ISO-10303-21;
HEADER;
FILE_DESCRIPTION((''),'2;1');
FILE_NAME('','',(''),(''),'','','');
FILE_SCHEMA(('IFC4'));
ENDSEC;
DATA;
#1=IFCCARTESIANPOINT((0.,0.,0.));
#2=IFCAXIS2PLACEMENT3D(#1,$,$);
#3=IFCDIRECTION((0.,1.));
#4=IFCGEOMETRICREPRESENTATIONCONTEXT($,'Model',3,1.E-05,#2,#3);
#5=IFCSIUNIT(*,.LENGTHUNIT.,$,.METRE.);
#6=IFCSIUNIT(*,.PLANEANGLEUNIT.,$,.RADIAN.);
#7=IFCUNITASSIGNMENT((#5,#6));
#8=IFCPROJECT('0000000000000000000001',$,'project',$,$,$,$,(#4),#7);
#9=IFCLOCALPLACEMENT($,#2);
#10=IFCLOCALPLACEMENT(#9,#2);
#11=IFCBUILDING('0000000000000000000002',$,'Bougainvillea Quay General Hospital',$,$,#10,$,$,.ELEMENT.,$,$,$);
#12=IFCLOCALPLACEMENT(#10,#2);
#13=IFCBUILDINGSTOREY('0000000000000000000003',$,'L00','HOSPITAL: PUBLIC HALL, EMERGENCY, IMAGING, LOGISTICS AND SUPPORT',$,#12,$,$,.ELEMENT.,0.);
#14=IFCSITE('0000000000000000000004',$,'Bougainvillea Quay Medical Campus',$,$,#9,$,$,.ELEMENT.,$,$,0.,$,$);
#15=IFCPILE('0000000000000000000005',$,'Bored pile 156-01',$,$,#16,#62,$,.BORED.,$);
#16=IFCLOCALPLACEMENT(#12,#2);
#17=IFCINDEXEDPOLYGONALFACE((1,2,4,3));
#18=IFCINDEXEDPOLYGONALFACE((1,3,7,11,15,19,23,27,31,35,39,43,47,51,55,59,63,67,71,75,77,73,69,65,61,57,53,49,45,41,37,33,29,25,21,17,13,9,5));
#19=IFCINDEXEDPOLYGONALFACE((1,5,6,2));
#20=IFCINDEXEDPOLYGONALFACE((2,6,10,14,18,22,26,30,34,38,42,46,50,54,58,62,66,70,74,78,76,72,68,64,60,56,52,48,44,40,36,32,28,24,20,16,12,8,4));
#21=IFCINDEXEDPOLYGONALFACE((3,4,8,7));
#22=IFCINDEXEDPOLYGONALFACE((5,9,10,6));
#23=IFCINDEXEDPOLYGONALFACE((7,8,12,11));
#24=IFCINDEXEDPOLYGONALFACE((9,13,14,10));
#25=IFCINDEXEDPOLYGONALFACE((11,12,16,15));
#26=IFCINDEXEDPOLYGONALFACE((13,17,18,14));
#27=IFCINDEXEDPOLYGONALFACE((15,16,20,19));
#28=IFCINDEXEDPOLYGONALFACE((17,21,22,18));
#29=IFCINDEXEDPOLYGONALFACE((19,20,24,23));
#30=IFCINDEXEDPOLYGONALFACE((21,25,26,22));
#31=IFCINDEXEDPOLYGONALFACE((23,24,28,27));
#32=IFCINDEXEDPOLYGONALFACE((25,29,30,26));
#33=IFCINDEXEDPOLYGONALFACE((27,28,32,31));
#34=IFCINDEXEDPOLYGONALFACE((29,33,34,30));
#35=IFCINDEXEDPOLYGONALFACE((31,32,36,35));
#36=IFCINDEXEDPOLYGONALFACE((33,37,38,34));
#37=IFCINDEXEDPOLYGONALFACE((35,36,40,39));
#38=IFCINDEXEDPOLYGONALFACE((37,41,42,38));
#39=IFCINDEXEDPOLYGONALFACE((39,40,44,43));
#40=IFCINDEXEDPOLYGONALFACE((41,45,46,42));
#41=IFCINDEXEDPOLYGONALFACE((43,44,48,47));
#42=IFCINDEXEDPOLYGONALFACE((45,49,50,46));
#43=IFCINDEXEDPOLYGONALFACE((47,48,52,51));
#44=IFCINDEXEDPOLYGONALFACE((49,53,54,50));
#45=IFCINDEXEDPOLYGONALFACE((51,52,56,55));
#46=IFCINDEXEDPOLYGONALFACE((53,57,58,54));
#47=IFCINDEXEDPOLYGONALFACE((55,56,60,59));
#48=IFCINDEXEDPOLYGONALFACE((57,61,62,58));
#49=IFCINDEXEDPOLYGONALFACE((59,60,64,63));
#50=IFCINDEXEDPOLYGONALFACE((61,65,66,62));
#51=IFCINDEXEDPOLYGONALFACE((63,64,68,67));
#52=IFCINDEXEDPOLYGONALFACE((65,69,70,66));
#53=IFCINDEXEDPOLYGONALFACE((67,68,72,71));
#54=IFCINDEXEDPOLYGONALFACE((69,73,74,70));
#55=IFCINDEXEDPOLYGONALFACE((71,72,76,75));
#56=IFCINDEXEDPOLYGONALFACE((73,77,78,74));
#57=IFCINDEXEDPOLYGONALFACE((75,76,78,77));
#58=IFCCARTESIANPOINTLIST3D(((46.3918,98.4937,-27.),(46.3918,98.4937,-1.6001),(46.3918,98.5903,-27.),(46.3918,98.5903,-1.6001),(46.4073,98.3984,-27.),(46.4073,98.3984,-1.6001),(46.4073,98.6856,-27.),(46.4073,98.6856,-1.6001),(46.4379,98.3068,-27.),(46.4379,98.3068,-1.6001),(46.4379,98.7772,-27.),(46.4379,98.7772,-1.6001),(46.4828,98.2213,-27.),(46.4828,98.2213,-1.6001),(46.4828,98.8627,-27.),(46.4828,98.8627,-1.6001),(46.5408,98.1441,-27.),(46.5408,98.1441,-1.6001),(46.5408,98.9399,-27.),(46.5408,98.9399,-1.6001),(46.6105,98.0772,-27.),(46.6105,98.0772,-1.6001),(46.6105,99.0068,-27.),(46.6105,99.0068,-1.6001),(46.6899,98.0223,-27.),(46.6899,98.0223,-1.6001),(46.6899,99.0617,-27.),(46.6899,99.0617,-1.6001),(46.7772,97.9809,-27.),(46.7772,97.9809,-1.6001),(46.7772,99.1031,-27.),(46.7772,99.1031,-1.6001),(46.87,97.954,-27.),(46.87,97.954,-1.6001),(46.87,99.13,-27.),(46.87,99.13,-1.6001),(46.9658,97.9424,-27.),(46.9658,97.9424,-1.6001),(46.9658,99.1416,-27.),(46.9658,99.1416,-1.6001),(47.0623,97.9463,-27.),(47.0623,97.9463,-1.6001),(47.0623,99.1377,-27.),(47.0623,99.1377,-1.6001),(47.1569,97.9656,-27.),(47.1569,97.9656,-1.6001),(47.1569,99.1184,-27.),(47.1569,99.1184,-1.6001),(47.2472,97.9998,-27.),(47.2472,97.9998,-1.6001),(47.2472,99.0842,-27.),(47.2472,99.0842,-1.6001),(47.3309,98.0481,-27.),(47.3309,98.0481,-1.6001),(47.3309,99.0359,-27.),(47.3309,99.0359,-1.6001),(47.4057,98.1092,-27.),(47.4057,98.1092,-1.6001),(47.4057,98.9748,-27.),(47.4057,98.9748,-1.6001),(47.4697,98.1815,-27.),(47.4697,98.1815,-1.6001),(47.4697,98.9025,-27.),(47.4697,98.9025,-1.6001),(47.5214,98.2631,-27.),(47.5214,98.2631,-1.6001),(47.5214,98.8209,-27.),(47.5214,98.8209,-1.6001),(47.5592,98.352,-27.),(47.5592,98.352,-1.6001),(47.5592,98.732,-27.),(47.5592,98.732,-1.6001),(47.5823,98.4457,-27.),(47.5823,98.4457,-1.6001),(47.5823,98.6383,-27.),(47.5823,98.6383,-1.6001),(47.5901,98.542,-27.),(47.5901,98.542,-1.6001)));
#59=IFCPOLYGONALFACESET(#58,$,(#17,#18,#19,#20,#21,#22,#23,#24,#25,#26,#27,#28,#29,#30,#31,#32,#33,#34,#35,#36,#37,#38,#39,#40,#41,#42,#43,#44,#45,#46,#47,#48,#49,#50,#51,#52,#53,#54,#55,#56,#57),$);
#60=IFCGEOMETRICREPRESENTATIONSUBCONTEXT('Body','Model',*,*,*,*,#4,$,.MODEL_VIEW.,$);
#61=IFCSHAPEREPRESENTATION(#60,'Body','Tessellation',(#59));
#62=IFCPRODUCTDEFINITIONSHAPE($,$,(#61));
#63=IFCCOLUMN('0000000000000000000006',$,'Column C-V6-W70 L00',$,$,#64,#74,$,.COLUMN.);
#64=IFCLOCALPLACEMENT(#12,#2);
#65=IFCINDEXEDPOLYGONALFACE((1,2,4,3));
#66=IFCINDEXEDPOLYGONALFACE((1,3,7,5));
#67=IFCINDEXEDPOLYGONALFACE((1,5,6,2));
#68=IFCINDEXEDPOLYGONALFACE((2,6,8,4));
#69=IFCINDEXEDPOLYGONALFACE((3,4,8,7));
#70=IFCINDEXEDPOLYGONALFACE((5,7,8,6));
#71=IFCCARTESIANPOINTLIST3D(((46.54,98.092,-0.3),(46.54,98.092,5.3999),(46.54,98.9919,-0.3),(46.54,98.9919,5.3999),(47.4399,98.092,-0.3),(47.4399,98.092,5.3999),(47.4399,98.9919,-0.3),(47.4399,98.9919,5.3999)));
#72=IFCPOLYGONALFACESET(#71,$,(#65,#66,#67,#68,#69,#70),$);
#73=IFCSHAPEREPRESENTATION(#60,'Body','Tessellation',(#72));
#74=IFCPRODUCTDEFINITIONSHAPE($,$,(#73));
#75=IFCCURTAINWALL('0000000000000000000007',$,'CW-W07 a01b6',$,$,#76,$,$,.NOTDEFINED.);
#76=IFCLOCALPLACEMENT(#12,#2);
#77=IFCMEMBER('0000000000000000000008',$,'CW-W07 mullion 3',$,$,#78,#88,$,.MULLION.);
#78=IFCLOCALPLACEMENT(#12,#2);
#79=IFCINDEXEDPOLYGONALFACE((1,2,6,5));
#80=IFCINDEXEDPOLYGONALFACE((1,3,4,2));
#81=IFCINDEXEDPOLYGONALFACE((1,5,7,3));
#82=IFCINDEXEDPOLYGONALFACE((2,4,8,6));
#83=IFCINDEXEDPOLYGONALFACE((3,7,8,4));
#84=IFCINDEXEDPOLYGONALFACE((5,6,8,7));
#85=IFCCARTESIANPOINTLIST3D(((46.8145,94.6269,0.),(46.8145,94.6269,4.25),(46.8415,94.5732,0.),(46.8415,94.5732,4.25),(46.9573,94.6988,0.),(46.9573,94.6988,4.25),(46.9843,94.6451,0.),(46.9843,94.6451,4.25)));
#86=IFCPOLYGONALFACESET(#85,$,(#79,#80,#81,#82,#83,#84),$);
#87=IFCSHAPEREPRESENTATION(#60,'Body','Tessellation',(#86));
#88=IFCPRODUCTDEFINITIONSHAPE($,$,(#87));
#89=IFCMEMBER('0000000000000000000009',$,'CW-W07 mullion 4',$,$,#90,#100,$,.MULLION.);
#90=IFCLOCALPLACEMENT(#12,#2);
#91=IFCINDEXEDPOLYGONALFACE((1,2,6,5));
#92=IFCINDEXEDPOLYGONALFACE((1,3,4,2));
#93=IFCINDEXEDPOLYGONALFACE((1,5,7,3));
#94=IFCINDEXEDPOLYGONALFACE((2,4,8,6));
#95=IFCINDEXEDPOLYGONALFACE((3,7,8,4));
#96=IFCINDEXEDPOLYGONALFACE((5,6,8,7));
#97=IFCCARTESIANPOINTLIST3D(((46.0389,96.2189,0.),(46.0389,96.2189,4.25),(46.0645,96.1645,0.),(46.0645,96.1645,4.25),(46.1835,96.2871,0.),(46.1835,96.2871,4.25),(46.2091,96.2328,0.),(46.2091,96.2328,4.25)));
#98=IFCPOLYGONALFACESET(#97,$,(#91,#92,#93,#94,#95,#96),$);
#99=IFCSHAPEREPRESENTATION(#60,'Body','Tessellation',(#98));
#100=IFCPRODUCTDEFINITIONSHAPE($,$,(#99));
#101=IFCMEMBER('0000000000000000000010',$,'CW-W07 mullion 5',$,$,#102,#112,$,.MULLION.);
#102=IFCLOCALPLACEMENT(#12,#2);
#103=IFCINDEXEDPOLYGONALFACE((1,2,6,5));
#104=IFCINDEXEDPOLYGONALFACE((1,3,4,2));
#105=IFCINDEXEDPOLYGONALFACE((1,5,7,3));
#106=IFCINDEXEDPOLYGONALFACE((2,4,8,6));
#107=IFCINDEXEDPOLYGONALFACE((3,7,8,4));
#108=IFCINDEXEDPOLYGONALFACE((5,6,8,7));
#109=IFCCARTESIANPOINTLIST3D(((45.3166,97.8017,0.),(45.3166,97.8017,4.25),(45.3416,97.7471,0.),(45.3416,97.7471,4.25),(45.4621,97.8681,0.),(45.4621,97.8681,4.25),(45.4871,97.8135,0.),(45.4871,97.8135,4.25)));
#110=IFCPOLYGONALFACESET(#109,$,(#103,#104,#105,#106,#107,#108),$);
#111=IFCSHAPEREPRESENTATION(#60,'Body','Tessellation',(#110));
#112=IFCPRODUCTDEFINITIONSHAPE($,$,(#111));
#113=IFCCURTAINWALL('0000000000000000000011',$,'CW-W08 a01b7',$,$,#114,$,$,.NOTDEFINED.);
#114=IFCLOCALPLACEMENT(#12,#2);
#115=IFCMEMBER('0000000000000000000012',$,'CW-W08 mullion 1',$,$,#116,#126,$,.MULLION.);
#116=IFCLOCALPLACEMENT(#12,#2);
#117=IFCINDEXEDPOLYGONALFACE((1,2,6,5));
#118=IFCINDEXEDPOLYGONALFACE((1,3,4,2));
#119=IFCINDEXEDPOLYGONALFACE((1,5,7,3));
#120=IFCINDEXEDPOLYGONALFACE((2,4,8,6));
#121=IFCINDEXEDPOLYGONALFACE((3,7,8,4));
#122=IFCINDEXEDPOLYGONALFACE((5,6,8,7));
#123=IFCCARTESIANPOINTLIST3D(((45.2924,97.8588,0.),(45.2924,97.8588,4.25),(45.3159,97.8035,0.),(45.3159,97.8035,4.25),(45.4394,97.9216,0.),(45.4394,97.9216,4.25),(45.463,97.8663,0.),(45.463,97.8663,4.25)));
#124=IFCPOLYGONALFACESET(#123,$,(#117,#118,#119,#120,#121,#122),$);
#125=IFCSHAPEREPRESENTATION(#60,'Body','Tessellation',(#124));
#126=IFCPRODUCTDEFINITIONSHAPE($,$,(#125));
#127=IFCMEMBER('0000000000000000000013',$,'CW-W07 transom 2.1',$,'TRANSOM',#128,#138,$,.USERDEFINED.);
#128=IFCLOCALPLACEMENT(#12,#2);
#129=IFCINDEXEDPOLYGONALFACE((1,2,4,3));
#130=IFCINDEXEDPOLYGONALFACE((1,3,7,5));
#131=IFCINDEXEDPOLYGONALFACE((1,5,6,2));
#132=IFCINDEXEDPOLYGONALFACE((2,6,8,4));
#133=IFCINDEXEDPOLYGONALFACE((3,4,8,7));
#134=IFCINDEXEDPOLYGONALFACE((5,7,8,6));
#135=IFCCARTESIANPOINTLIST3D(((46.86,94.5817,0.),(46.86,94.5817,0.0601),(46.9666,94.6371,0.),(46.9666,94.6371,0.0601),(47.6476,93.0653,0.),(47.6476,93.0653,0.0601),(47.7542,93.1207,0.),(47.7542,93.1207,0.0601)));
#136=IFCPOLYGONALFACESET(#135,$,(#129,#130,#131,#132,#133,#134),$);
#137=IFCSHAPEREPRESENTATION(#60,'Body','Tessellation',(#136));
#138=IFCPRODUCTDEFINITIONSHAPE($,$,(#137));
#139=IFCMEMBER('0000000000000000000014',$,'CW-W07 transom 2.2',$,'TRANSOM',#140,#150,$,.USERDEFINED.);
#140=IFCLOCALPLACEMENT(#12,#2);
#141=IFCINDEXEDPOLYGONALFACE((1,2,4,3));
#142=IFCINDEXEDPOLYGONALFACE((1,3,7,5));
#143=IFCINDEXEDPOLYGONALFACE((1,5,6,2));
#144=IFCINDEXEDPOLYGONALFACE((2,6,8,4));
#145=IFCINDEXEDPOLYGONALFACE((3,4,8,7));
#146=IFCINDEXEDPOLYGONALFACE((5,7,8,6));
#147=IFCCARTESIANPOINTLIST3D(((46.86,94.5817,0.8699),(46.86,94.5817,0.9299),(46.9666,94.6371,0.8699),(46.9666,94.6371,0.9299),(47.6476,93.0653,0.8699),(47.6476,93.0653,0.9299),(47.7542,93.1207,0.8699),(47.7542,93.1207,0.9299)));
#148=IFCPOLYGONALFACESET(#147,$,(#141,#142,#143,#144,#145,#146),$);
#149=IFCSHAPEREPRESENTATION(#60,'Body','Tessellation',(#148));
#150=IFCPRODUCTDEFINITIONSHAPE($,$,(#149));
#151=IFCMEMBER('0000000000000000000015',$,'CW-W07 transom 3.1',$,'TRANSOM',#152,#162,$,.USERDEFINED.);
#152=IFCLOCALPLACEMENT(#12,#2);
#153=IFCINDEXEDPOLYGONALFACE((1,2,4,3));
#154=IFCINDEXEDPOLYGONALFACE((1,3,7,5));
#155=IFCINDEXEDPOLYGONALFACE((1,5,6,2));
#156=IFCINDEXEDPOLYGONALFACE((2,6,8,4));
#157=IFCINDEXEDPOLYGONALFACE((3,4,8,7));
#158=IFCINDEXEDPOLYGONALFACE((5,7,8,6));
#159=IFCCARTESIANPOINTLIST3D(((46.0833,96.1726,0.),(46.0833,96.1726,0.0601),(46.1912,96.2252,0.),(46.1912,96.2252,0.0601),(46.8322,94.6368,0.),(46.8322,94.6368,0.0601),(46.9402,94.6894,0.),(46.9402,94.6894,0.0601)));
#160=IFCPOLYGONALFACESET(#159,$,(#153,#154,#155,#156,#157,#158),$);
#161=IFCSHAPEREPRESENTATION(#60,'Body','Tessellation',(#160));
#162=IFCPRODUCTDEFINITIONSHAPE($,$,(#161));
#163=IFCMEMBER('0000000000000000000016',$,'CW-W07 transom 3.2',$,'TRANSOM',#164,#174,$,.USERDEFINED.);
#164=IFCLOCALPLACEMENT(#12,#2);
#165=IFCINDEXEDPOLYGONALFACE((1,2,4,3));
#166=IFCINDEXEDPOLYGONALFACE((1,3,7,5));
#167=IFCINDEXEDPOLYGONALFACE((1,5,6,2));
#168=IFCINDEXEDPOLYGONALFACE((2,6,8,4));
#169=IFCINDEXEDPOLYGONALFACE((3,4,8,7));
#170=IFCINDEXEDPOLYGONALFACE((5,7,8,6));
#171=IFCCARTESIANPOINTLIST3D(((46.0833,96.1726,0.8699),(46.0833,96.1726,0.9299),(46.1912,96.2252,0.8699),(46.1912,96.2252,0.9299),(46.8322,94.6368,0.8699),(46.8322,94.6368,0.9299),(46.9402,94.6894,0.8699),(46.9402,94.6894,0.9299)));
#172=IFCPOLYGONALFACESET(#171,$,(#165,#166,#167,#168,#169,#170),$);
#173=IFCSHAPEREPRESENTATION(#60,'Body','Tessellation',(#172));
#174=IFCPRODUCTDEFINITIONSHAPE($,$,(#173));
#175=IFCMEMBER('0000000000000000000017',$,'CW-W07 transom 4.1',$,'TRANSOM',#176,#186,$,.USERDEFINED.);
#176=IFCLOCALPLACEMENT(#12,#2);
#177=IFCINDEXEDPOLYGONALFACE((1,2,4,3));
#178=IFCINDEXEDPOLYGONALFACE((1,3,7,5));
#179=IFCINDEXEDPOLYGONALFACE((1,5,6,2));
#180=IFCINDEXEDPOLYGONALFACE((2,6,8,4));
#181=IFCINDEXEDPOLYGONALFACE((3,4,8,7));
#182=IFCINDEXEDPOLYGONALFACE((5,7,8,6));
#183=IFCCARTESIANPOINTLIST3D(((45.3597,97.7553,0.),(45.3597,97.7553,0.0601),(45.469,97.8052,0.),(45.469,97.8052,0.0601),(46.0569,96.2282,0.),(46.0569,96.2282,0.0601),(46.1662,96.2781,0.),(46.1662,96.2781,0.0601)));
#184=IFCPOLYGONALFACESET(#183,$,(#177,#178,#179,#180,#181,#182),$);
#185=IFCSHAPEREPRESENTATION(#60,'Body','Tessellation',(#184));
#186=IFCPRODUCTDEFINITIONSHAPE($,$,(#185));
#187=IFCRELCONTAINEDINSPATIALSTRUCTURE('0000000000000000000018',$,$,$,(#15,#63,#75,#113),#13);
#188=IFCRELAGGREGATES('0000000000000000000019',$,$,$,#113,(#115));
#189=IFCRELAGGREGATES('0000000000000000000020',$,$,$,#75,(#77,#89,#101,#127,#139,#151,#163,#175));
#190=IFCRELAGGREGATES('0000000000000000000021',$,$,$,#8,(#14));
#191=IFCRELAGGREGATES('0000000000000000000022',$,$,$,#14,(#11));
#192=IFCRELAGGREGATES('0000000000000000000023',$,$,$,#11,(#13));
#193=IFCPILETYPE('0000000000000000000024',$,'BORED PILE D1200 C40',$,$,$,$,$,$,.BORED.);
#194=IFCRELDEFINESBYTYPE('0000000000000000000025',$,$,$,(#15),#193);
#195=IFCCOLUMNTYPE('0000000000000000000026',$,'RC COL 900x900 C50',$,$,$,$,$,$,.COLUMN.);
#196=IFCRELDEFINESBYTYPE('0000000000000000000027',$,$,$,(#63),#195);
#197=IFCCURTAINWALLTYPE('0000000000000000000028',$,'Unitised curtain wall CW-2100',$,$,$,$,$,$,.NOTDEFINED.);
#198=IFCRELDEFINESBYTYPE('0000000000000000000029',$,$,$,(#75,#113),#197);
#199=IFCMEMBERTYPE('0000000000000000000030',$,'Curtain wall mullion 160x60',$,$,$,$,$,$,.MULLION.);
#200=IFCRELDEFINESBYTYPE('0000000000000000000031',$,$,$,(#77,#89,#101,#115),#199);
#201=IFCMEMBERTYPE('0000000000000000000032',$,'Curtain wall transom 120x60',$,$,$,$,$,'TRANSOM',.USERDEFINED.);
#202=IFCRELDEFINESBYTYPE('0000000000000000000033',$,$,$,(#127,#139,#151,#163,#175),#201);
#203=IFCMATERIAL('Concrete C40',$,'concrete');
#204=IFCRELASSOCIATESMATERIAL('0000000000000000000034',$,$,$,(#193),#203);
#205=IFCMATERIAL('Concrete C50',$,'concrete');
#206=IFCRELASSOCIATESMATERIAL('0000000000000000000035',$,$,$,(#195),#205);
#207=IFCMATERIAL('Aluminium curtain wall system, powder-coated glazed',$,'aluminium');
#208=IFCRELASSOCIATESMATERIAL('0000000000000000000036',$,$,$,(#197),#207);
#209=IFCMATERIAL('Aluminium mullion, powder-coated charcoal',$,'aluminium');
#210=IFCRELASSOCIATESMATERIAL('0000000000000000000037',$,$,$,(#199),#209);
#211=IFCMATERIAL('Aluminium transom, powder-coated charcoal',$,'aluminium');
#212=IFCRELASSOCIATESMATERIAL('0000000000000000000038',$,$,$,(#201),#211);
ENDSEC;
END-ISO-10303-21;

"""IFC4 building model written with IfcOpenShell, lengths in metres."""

from ifc_helpers import new_model, si_unit, direction, frame, origin, origin_2d, place, context, subcontext, project, spatial, rectangle, circle, extrude, material, material_profile, profile_set, type_object, element, aggregate, save


model = new_model("IFC4")

# Units and contexts
model_context = context("Model", 3, precision=1e-05, world=origin(), true_north=direction((0.0, 1.0)))
body_context = subcontext(model_context, "Body", "Model", "MODEL_VIEW")
ifc_project = project(units=[si_unit("LENGTHUNIT", "METRE"), si_unit("PLANEANGLEUNIT", "RADIAN")], contexts=[model_context])

# Site, building, storey
site_placement = place(None, origin())
site = spatial("IfcSite", under=ifc_project, at=site_placement, Name="Bougainvillea Quay Medical Campus", CompositionType="ELEMENT", RefElevation=0.0)
building_placement = place(site_placement, origin())
building = spatial("IfcBuilding", under=site, at=building_placement, Name="Bougainvillea Quay General Hospital", CompositionType="ELEMENT")
storey_placement = place(building_placement, origin())
storey = spatial("IfcBuildingStorey", under=building, at=storey_placement, Name="L00", Description="HOSPITAL: PUBLIC HALL, EMERGENCY, IMAGING, LOGISTICS AND SUPPORT", CompositionType="ELEMENT", Elevation=0.0)

# Pile
ifc_material_1 = material(Name="Concrete C40", Category="concrete")
ifc_material_profile_1 = material_profile(ifc_material_1, circle(Radius=0.6001, at=origin_2d()))
ifc_profile_set_1 = profile_set([ifc_material_profile_1], Name="Concrete C40")
pile_type = type_object("IfcPileType", Name="BORED PILE D1200 C40", PredefinedType="BORED", material=ifc_profile_set_1)
pile_placement = place(storey_placement, frame((46.99, 98.542, -1.6001), z_axis=(0.0, 0.0, -1.0), x_axis=(1.0, 0.0, 0.0)))
element("IfcPile", 1, at=pile_placement, inside=storey, type_object=pile_type, Name="Bored pile 156-01", PredefinedType="BORED", context=body_context, shape_type="SweptSolid", body=[
    extrude(circle(Radius=0.6001, at=origin_2d()), origin(), (0.0, 0.0, 1.0), 25.3999),
])

# Column
ifc_material_2 = material(Name="Concrete C50", Category="concrete")
ifc_material_profile_2 = material_profile(ifc_material_2, rectangle(XDim=0.8999, YDim=0.8999, at=origin_2d()))
ifc_profile_set_2 = profile_set([ifc_material_profile_2], Name="Concrete C50")
column_type = type_object("IfcColumnType", Name="RC COL 900x900 C50", PredefinedType="COLUMN", material=ifc_profile_set_2)
column_placement = place(storey_placement, frame((46.99, 98.542, -0.3), z_axis=(0.0, 0.0, 1.0), x_axis=(1.0, 0.0, 0.0)))
element("IfcColumn", 2, at=column_placement, inside=storey, type_object=column_type, Name="Column C-V6-W70 L00", PredefinedType="COLUMN", context=body_context, shape_type="SweptSolid", body=[
    extrude(rectangle(XDim=0.8999, YDim=0.8999, at=origin_2d()), origin(), (0.0, 0.0, 1.0), 5.7),
])

# Curtain wall, members
ifc_material_3 = material(Name="Aluminium curtain wall system, powder-coated glazed", Category="aluminium")
curtain_wall_type = type_object("IfcCurtainWallType", Name="Unitised curtain wall CW-2100", PredefinedType="NOTDEFINED", material=ifc_material_3)
curtain_wall_1_placement = place(storey_placement, origin())
curtain_wall_1 = element("IfcCurtainWall", 3, at=curtain_wall_1_placement, inside=storey, type_object=curtain_wall_type, Name="CW-W07 a01b6", PredefinedType="NOTDEFINED")
ifc_material_4 = material(Name="Aluminium mullion, powder-coated charcoal", Category="aluminium")
ifc_material_profile_3 = material_profile(ifc_material_4, rectangle(XDim=0.1599, YDim=0.0601, at=origin_2d()))
ifc_profile_set_3 = profile_set([ifc_material_profile_3], Name="Aluminium mullion, powder-coated charcoal")
member_type_1 = type_object("IfcMemberType", Name="Curtain wall mullion 160x60", PredefinedType="MULLION", material=ifc_profile_set_3)
member_1_placement = place(storey_placement, frame((46.8994, 94.636, 0.0), z_axis=(0.0, 0.0, 1.0), x_axis=(-0.893199, -0.449662, 0.0)))
member_1 = element("IfcMember", 4, at=member_1_placement, type_object=member_type_1, Name="CW-W07 mullion 3", PredefinedType="MULLION", context=body_context, shape_type="SweptSolid", body=[
    extrude(rectangle(XDim=0.1599, YDim=0.0601, at=origin_2d()), origin(), (0.0, 0.0, 1.0), 4.25),
])
member_2_placement = place(storey_placement, frame((46.124, 96.2258, 0.0), z_axis=(0.0, 0.0, 1.0), x_axis=(-0.904314, -0.426869, 0.0)))
member_2 = element("IfcMember", 5, at=member_2_placement, type_object=member_type_1, Name="CW-W07 mullion 4", PredefinedType="MULLION", context=body_context, shape_type="SweptSolid", body=[
    extrude(rectangle(XDim=0.1599, YDim=0.0601, at=origin_2d()), origin(), (0.0, 0.0, 1.0), 4.25),
])
member_3_placement = place(storey_placement, frame((45.4019, 97.8076, 0.0), z_axis=(0.0, 0.0, 1.0), x_axis=(-0.909653, -0.415368, 0.0)))
member_3 = element("IfcMember", 6, at=member_3_placement, type_object=member_type_1, Name="CW-W07 mullion 5", PredefinedType="MULLION", context=body_context, shape_type="SweptSolid", body=[
    extrude(rectangle(XDim=0.1599, YDim=0.0601, at=origin_2d()), origin(), (0.0, 0.0, 1.0), 4.25),
])

# Curtain wall, member
curtain_wall_2_placement = place(storey_placement, origin())
curtain_wall_2 = element("IfcCurtainWall", 7, at=curtain_wall_2_placement, inside=storey, type_object=curtain_wall_type, Name="CW-W08 a01b7", PredefinedType="NOTDEFINED")
member_4_placement = place(storey_placement, frame((45.3777, 97.8625, 0.0), z_axis=(0.0, 0.0, 1.0), x_axis=(-0.919659, -0.392719, 0.0)))
member_4 = element("IfcMember", 8, at=member_4_placement, type_object=member_type_1, Name="CW-W08 mullion 1", PredefinedType="MULLION", context=body_context, shape_type="SweptSolid", body=[
    extrude(rectangle(XDim=0.1599, YDim=0.0601, at=origin_2d()), origin(), (0.0, 0.0, 1.0), 4.25),
])
aggregate(curtain_wall_2, [member_4])

# Members
ifc_material_5 = material(Name="Aluminium transom, powder-coated charcoal", Category="aluminium")
ifc_material_profile_4 = material_profile(ifc_material_5, rectangle(XDim=0.1201, YDim=0.0601, at=origin_2d()))
ifc_profile_set_4 = profile_set([ifc_material_profile_4], Name="Aluminium transom, powder-coated charcoal")
member_type_2 = type_object("IfcMemberType", Name="Curtain wall transom 120x60", ElementType="TRANSOM", PredefinedType="USERDEFINED", material=ifc_profile_set_4)
member_5_placement = place(storey_placement, frame((47.7009, 93.093, 0.03), z_axis=(-0.460934, 0.887434, 0.0), x_axis=(-0.887434, -0.460934, 0.0)))
member_5 = element("IfcMember", 9, at=member_5_placement, type_object=member_type_2, Name="CW-W07 transom 2.1", ObjectType="TRANSOM", PredefinedType="USERDEFINED", context=body_context, shape_type="SweptSolid", body=[
    extrude(rectangle(XDim=0.1201, YDim=0.0601, at=origin_2d()), origin(), (0.0, 0.0, 1.0), 1.7087),
])
member_6_placement = place(storey_placement, frame((47.7009, 93.093, 0.8999), z_axis=(-0.460934, 0.887434, 0.0), x_axis=(-0.887434, -0.460934, 0.0)))
member_6 = element("IfcMember", 10, at=member_6_placement, type_object=member_type_2, Name="CW-W07 transom 2.2", ObjectType="TRANSOM", PredefinedType="USERDEFINED", context=body_context, shape_type="SweptSolid", body=[
    extrude(rectangle(XDim=0.1201, YDim=0.0601, at=origin_2d()), origin(), (0.0, 0.0, 1.0), 1.7087),
])
member_7_placement = place(storey_placement, frame((46.8862, 94.6631, 0.03), z_axis=(-0.438334, 0.898812, 0.0), x_axis=(-0.898812, -0.438334, 0.0)))
member_7 = element("IfcMember", 11, at=member_7_placement, type_object=member_type_2, Name="CW-W07 transom 3.1", ObjectType="TRANSOM", PredefinedType="USERDEFINED", context=body_context, shape_type="SweptSolid", body=[
    extrude(rectangle(XDim=0.1201, YDim=0.0601, at=origin_2d()), origin(), (0.0, 0.0, 1.0), 1.7087),
])
member_8_placement = place(storey_placement, frame((46.8862, 94.6631, 0.8999), z_axis=(-0.438334, 0.898812, 0.0), x_axis=(-0.898812, -0.438334, 0.0)))
member_8 = element("IfcMember", 12, at=member_8_placement, type_object=member_type_2, Name="CW-W07 transom 3.2", ObjectType="TRANSOM", PredefinedType="USERDEFINED", context=body_context, shape_type="SweptSolid", body=[
    extrude(rectangle(XDim=0.1201, YDim=0.0601, at=origin_2d()), origin(), (0.0, 0.0, 1.0), 1.7087),
])
member_9_placement = place(storey_placement, frame((46.1116, 96.2532, 0.03), z_axis=(-0.415347, 0.909663, 0.0), x_axis=(-0.909663, -0.415347, 0.0)))
member_9 = element("IfcMember", 13, at=member_9_placement, type_object=member_type_2, Name="CW-W07 transom 4.1", ObjectType="TRANSOM", PredefinedType="USERDEFINED", context=body_context, shape_type="SweptSolid", body=[
    extrude(rectangle(XDim=0.1201, YDim=0.0601, at=origin_2d()), origin(), (0.0, 0.0, 1.0), 1.6787),
])

aggregate(curtain_wall_1, [member_1, member_2, member_3, member_5, member_6, member_7, member_8, member_9])

save(model, "model.ifc")
